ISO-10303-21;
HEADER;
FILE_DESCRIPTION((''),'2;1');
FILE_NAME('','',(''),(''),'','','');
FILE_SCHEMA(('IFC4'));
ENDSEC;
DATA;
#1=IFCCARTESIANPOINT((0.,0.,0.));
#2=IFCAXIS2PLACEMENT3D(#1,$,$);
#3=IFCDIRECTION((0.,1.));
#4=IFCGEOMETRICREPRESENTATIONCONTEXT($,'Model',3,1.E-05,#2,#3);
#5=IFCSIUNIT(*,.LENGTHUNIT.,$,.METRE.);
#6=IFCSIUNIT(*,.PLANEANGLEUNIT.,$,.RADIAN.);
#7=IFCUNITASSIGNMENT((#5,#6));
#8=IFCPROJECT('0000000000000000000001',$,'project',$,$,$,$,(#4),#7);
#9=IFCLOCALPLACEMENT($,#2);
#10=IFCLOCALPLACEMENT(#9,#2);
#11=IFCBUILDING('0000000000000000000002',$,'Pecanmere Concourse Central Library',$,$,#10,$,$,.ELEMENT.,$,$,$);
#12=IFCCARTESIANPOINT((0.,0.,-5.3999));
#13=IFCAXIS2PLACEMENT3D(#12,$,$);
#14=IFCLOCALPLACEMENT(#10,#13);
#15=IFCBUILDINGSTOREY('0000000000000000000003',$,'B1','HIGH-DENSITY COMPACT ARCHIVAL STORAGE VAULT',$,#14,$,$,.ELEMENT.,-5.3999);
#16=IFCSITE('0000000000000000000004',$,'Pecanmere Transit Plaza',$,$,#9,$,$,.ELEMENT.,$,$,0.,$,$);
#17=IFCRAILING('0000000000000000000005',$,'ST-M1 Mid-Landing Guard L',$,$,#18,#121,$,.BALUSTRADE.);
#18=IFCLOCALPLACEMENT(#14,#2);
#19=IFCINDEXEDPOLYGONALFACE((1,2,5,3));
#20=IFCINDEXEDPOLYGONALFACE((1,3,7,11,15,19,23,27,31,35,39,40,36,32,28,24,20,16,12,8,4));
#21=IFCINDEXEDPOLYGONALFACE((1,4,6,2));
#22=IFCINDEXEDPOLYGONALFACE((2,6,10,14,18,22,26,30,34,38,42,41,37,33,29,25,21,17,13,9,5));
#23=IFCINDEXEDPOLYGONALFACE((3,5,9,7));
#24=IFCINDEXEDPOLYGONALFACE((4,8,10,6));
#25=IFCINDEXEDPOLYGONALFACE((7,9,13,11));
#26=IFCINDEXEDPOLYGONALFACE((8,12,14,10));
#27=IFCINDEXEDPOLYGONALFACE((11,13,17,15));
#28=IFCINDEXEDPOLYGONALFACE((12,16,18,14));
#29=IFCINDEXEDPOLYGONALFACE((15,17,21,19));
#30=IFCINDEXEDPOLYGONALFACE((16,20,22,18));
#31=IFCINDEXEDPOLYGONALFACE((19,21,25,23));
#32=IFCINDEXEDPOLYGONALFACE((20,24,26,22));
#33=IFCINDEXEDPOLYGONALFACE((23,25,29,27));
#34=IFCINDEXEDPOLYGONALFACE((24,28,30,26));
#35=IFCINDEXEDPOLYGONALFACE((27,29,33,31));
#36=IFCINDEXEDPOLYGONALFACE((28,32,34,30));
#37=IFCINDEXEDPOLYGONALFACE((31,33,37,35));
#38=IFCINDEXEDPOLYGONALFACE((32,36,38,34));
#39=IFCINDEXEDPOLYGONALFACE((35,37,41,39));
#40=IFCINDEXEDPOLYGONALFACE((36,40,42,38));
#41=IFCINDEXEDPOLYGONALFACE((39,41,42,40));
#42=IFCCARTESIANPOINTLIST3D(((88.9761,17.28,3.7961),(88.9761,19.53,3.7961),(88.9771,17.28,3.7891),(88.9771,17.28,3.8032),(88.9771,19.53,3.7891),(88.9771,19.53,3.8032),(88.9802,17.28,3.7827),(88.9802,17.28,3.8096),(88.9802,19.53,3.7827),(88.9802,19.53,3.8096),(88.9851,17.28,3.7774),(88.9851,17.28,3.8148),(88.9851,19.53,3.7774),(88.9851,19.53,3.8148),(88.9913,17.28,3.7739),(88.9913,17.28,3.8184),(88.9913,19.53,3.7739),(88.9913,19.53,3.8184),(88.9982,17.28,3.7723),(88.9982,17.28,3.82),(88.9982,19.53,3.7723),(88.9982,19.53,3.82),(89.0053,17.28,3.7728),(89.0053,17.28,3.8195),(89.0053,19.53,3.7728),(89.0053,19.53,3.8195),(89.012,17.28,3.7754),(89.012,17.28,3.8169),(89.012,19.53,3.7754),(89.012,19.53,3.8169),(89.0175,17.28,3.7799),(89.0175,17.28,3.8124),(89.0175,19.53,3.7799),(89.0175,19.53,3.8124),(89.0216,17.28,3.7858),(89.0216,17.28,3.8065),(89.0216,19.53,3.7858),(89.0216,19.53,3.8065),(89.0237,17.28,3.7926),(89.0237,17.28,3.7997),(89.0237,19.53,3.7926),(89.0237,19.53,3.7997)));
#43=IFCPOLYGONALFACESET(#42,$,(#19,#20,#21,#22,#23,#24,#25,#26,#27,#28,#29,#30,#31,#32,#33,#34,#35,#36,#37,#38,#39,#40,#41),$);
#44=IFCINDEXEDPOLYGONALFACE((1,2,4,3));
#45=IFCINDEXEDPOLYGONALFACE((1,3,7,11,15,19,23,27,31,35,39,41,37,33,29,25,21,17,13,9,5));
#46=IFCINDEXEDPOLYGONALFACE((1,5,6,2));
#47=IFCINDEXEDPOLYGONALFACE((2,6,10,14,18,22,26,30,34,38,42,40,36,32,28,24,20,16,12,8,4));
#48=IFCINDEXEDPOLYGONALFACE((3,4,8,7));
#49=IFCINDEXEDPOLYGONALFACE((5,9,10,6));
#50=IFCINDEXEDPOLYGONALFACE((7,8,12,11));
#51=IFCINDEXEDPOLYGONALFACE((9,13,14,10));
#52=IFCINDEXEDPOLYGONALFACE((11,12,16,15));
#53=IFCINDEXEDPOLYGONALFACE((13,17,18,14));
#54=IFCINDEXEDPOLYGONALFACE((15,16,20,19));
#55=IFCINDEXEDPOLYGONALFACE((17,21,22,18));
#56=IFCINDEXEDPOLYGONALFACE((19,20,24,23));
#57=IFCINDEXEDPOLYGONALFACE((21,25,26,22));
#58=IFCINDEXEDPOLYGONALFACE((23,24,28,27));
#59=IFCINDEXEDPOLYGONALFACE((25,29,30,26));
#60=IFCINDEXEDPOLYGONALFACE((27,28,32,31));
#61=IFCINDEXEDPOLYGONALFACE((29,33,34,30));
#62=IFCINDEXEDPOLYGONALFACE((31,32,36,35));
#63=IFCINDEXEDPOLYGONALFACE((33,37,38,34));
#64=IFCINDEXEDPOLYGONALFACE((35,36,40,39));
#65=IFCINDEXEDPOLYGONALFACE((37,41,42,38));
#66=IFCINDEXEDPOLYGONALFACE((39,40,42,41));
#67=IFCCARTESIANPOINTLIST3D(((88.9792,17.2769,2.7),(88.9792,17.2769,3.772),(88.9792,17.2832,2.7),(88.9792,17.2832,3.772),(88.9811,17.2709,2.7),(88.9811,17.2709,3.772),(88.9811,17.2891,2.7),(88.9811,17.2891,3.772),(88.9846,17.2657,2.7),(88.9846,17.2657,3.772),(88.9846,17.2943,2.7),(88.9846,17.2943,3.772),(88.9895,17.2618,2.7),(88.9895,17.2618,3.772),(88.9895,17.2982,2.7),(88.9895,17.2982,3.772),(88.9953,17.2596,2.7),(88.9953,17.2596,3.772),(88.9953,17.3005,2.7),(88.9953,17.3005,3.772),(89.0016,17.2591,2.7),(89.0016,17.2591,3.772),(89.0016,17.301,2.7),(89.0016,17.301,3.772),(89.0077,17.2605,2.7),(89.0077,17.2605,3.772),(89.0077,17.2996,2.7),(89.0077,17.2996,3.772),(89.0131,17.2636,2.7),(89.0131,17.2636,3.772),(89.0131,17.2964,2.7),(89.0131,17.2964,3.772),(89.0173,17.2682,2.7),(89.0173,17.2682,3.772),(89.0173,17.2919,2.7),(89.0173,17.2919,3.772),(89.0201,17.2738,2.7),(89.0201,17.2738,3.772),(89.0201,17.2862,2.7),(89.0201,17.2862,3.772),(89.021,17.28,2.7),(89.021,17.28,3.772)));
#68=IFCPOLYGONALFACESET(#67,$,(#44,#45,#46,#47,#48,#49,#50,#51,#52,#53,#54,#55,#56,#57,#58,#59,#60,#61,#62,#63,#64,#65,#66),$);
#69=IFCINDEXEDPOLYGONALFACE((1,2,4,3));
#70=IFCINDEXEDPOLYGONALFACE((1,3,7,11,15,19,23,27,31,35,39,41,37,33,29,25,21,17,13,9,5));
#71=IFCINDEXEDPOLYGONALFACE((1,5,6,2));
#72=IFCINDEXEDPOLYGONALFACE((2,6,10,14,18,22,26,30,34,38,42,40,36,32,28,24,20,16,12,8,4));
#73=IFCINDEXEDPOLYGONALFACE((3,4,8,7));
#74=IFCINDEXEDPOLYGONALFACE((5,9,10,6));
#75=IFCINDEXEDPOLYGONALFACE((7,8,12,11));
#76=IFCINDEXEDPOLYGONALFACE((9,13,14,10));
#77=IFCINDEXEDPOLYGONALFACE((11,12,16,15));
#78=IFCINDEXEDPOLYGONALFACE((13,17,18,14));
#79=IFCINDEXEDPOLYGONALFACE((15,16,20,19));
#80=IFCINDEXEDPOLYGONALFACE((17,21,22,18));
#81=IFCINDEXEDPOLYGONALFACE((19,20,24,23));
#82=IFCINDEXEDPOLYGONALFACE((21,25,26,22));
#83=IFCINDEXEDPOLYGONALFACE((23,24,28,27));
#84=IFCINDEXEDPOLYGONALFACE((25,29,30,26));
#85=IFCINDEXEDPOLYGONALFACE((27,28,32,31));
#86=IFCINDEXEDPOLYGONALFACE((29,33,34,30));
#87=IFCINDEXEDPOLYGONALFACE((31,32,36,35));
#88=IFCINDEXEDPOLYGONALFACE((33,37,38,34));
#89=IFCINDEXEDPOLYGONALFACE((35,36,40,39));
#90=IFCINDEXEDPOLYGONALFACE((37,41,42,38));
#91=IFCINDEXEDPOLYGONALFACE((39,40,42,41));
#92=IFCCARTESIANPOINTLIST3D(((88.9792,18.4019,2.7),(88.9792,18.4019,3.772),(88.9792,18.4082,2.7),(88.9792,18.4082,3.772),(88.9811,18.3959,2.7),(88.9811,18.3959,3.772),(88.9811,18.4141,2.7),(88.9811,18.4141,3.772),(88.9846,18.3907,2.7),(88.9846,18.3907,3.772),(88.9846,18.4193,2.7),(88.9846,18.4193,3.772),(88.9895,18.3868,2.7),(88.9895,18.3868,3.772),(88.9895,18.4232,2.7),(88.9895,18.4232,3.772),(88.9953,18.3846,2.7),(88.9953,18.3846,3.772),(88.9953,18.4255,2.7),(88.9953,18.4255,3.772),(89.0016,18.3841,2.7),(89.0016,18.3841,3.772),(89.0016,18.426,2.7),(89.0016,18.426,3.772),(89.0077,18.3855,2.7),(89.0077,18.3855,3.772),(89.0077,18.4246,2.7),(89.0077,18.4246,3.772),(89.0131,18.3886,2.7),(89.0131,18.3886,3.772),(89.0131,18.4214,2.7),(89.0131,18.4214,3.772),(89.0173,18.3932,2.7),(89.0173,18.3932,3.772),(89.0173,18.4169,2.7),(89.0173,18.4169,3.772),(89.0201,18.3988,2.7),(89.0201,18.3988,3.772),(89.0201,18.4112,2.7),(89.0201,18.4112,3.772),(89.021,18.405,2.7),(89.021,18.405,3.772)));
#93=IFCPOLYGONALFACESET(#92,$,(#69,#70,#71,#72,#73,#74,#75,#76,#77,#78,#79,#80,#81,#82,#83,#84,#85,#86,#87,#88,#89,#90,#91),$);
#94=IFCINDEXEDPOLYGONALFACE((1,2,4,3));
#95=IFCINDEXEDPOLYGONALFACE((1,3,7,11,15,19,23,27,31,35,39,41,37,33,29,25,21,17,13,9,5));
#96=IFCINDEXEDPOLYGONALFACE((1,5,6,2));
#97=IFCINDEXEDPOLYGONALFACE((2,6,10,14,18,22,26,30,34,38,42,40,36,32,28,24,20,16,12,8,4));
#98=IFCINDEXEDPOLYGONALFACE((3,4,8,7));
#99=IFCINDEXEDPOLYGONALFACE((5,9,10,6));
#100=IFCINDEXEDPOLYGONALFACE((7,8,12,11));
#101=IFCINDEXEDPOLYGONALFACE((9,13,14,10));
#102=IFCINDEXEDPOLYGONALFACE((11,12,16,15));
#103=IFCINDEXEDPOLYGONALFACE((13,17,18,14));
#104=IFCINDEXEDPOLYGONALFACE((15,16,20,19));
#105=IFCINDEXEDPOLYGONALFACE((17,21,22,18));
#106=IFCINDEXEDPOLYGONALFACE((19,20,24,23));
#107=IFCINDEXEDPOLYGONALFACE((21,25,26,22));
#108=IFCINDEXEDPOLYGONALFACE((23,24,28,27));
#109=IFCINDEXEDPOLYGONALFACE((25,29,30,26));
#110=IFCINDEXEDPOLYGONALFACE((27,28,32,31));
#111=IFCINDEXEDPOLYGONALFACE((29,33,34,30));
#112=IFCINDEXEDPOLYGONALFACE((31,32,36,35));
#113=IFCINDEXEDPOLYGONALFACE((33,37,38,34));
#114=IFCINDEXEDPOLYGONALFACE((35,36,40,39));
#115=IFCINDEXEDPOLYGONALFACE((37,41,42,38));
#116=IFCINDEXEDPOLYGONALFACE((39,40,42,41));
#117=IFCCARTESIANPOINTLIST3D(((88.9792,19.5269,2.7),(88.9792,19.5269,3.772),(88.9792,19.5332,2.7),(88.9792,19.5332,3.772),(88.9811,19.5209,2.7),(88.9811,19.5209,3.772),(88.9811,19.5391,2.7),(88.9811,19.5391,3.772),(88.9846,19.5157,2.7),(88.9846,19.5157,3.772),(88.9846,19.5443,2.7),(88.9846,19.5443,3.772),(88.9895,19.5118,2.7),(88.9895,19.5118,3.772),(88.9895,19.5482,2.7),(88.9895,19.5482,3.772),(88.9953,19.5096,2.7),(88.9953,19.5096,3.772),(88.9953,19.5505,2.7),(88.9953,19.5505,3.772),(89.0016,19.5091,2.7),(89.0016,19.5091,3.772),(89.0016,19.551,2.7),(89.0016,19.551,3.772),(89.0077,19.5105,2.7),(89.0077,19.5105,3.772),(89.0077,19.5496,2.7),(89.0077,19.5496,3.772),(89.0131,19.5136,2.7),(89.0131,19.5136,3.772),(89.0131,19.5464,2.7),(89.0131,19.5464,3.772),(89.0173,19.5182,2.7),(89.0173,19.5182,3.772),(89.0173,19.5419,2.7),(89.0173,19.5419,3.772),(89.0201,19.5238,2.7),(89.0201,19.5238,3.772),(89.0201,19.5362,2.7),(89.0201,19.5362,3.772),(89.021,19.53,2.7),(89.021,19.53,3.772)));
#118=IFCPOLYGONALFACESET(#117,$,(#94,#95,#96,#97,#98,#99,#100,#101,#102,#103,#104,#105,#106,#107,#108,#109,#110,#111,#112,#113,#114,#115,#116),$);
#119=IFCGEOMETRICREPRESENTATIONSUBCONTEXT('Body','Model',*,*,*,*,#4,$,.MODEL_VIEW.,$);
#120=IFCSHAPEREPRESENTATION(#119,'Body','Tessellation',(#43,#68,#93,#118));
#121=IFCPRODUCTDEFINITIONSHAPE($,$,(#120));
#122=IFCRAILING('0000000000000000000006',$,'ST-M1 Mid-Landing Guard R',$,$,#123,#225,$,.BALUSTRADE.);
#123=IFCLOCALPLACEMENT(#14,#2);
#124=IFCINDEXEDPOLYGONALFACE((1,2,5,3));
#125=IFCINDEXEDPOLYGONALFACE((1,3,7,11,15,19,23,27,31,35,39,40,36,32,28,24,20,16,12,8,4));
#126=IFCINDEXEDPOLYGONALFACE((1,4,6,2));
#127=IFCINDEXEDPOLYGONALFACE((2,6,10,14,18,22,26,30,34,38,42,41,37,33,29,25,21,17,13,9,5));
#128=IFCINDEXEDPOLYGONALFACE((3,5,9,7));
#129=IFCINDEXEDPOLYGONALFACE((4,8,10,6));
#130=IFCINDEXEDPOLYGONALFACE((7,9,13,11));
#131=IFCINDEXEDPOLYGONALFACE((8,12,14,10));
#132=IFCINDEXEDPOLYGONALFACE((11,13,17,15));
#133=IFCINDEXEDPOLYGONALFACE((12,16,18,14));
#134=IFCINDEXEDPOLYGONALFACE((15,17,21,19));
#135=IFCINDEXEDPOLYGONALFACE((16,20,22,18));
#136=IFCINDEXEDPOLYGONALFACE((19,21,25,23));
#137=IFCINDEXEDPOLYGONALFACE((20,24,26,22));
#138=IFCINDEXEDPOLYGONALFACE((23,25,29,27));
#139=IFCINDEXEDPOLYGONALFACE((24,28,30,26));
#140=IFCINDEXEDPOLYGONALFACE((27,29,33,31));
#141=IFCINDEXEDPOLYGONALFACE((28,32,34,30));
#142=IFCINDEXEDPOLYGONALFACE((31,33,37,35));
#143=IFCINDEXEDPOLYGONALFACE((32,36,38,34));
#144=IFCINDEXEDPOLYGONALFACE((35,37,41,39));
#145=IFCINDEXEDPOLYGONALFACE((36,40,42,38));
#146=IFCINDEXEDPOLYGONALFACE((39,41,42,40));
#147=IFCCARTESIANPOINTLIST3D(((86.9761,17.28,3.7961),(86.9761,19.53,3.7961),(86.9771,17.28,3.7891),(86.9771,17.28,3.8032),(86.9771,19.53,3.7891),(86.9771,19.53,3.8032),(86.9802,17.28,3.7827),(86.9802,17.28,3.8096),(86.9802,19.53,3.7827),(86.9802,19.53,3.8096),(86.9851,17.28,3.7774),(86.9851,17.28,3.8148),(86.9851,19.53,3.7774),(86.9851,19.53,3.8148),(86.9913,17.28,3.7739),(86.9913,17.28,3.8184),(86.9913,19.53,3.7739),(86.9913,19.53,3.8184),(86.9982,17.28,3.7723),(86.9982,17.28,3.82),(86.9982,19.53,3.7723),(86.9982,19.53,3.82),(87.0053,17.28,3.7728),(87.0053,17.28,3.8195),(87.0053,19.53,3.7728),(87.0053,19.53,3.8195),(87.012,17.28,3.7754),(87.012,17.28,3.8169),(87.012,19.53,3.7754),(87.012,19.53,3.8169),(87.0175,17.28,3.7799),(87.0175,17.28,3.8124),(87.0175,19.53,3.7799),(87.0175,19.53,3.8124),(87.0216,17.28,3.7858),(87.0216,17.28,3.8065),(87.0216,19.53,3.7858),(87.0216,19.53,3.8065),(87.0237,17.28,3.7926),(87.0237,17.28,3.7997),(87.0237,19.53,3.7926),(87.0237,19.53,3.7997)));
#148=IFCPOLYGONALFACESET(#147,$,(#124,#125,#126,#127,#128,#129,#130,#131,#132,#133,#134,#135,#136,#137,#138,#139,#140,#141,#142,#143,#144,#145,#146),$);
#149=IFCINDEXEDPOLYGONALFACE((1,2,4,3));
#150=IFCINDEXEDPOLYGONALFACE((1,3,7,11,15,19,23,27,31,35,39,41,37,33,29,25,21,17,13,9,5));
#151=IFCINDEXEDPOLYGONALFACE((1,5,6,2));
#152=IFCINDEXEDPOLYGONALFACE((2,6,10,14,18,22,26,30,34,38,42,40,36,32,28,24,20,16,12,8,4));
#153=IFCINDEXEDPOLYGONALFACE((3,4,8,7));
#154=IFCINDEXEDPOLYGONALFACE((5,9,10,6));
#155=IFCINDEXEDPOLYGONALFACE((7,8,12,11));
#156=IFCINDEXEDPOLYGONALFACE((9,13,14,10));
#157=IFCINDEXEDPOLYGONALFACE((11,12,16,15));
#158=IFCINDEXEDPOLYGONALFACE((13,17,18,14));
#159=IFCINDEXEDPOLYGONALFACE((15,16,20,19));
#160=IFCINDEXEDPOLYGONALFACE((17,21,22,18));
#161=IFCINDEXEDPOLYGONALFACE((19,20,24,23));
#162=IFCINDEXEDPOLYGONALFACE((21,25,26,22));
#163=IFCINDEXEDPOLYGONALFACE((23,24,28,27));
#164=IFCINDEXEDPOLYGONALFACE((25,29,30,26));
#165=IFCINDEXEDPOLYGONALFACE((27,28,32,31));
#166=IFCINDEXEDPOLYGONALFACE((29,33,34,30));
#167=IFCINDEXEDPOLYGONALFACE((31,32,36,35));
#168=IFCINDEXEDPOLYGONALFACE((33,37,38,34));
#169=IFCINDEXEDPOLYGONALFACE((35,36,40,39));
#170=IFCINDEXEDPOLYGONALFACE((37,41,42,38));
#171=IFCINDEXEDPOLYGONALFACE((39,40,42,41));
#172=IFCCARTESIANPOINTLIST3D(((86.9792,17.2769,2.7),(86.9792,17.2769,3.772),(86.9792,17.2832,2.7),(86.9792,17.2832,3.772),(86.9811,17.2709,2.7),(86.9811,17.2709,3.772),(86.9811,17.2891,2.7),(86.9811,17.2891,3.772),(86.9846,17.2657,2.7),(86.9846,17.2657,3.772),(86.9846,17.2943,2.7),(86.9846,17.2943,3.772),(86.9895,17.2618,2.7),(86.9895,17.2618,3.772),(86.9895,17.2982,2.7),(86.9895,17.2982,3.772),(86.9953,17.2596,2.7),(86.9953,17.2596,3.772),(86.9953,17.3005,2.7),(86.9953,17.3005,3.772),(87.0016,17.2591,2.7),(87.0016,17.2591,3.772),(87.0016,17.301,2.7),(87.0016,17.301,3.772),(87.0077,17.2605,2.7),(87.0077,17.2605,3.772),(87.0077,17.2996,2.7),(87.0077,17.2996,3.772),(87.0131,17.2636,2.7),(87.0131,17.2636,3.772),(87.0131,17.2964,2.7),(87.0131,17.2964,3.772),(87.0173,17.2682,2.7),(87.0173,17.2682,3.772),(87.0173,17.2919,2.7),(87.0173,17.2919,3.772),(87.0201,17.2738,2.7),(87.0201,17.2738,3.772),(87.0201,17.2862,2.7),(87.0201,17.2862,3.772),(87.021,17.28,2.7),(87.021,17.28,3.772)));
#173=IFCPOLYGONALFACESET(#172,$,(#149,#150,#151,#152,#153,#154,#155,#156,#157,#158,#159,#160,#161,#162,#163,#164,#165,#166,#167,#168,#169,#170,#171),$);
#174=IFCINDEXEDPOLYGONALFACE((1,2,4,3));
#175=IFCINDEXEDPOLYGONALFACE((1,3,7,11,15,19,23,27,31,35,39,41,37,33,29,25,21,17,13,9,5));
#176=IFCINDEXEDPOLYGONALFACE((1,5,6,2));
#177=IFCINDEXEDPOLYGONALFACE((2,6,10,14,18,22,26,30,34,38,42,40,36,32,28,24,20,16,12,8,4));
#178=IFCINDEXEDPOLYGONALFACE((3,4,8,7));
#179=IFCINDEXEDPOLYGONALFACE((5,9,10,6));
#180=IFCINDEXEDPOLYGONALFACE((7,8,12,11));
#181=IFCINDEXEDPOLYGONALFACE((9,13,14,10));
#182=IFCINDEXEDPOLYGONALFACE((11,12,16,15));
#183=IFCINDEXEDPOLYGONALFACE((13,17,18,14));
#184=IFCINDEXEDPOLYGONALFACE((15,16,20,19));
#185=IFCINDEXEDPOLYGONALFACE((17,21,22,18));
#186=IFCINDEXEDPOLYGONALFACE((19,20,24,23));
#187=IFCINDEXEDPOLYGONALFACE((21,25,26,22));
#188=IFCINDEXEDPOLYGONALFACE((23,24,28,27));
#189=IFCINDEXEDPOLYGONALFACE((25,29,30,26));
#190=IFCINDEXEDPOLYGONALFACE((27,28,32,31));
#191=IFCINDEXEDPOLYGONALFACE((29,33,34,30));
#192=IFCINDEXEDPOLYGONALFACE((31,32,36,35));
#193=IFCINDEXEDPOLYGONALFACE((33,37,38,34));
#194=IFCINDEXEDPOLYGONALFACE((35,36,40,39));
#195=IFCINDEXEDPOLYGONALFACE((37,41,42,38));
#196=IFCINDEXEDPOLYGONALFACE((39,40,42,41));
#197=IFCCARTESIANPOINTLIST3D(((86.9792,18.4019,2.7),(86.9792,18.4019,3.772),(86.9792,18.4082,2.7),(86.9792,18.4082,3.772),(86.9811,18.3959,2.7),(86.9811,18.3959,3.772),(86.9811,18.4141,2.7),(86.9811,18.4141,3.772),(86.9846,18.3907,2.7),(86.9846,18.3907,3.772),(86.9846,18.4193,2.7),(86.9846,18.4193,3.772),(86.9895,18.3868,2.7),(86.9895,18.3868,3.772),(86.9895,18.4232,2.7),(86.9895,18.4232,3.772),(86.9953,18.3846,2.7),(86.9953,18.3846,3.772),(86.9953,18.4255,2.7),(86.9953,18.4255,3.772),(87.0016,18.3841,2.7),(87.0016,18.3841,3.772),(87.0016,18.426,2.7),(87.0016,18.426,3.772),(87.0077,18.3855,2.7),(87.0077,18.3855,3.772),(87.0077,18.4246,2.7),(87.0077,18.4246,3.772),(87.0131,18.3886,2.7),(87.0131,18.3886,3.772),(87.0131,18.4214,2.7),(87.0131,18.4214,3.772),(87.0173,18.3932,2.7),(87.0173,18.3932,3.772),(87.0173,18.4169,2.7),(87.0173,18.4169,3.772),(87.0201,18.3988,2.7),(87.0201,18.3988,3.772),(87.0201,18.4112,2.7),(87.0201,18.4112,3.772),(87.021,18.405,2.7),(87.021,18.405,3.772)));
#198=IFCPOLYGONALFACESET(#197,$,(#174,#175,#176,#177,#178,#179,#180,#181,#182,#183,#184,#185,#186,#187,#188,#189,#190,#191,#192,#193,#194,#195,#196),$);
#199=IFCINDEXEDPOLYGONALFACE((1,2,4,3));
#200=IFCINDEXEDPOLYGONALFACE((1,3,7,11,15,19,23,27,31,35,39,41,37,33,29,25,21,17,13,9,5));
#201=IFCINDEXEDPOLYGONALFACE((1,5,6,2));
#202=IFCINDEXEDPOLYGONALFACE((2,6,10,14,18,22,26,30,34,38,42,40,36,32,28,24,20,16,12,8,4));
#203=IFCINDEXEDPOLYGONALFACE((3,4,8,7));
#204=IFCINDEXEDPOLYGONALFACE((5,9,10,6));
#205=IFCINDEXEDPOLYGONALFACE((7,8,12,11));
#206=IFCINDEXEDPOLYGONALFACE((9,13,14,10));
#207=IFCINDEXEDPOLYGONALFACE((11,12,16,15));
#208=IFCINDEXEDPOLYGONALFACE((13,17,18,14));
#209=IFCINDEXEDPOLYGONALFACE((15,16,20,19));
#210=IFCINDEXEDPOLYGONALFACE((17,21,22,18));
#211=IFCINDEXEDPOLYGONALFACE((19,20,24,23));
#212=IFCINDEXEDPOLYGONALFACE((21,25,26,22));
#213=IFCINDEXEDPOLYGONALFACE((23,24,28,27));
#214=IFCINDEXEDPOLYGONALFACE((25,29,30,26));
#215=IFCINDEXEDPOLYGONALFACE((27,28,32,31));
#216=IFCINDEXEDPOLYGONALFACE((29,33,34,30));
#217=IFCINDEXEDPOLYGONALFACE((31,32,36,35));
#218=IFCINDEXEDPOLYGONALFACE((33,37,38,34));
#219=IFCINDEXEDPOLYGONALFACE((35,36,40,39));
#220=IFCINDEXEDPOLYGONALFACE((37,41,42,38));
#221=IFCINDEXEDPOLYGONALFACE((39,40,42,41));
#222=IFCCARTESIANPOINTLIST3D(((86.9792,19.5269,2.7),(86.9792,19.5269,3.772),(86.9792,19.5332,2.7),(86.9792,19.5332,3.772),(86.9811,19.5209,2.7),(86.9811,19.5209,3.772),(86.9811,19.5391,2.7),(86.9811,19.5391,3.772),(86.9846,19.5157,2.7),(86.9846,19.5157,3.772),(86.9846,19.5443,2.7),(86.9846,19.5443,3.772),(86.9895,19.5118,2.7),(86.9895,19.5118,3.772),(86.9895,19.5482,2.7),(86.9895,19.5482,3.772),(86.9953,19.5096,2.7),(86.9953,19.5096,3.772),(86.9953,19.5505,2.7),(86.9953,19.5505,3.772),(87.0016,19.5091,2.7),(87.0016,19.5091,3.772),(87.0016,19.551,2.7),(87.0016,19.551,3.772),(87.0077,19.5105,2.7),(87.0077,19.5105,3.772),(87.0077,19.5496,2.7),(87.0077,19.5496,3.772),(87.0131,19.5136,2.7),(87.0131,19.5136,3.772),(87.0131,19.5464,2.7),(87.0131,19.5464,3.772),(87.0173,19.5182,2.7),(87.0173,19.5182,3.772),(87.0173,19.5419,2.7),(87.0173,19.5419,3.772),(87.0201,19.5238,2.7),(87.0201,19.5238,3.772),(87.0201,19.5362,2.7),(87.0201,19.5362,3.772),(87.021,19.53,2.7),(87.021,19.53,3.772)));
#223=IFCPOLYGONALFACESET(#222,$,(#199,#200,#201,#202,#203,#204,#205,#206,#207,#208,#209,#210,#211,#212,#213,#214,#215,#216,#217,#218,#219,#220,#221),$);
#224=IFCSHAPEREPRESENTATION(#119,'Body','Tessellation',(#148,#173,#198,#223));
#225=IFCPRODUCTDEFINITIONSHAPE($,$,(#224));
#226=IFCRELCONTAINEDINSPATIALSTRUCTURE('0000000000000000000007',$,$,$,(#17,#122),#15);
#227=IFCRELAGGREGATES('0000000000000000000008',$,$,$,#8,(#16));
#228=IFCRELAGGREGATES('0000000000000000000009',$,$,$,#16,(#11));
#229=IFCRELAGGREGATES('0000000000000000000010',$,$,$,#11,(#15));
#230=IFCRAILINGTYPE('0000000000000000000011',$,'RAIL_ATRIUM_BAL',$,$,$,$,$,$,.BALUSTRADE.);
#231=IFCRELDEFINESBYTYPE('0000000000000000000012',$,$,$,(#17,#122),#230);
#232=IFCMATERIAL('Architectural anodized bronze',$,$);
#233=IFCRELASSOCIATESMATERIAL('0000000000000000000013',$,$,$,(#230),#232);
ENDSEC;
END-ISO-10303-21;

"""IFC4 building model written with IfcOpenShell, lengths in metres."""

from ifc_helpers import new_model, si_unit, direction, frame, origin, origin_2d, place, context, subcontext, project, spatial, circle, extrude, material, type_object, element, save


model = new_model("IFC4")

# Units and contexts
model_context = context("Model", 3, precision=1e-05, world=origin(), true_north=direction((0.0, 1.0)))
body_context = subcontext(model_context, "Body", "Model", "MODEL_VIEW")
ifc_project = project(units=[si_unit("LENGTHUNIT", "METRE"), si_unit("PLANEANGLEUNIT", "RADIAN")], contexts=[model_context])

# Site, building, storey
site_placement = place(None, origin())
site = spatial("IfcSite", under=ifc_project, at=site_placement, Name="Pecanmere Transit Plaza", CompositionType="ELEMENT", RefElevation=0.0)
building_placement = place(site_placement, origin())
building = spatial("IfcBuilding", under=site, at=building_placement, Name="Pecanmere Concourse Central Library", CompositionType="ELEMENT")
storey_placement = place(building_placement, frame((0.0, 0.0, -5.3999)))
storey = spatial("IfcBuildingStorey", under=building, at=storey_placement, Name="B1", Description="HIGH-DENSITY COMPACT ARCHIVAL STORAGE VAULT", CompositionType="ELEMENT", Elevation=-5.3999)

# Railings
ifc_material_1 = material(Name="Architectural anodized bronze")
railing_type_1 = type_object("IfcRailingType", Name="RAIL_ATRIUM_BAL", PredefinedType="BALUSTRADE", material=ifc_material_1)
for number, where, name in (
    (1, (89.0, 17.28, 2.7), "ST-M1 Mid-Landing Guard L"),
    (2, (87.0, 17.28, 2.7), "ST-M1 Mid-Landing Guard R"),
):
    element("IfcRailing", number, at=place(storey_placement, frame(where)), inside=storey, type_object=railing_type_1, Name=name, PredefinedType="BALUSTRADE", context=body_context, shape_type="SweptSolid", body=[
        extrude(circle(Radius=0.0239, at=origin_2d()), frame((0.0, 0.0, 1.0962), z_axis=(0.0, 1.0, 0.0), x_axis=(-1.0, 0.0, 0.0)), (0.0, 0.0, 1.0), 2.25),
        extrude(circle(Radius=0.021, at=origin_2d()), origin(), (0.0, 0.0, 1.0), 1.072),
        extrude(circle(Radius=0.021, at=origin_2d()), frame((0.0, 1.125, 0.0)), (0.0, 0.0, 1.0), 1.072),
        extrude(circle(Radius=0.021, at=origin_2d()), frame((0.0, 2.25, 0.0)), (0.0, 0.0, 1.0), 1.072),
    ])

save(model, "model.ifc")
